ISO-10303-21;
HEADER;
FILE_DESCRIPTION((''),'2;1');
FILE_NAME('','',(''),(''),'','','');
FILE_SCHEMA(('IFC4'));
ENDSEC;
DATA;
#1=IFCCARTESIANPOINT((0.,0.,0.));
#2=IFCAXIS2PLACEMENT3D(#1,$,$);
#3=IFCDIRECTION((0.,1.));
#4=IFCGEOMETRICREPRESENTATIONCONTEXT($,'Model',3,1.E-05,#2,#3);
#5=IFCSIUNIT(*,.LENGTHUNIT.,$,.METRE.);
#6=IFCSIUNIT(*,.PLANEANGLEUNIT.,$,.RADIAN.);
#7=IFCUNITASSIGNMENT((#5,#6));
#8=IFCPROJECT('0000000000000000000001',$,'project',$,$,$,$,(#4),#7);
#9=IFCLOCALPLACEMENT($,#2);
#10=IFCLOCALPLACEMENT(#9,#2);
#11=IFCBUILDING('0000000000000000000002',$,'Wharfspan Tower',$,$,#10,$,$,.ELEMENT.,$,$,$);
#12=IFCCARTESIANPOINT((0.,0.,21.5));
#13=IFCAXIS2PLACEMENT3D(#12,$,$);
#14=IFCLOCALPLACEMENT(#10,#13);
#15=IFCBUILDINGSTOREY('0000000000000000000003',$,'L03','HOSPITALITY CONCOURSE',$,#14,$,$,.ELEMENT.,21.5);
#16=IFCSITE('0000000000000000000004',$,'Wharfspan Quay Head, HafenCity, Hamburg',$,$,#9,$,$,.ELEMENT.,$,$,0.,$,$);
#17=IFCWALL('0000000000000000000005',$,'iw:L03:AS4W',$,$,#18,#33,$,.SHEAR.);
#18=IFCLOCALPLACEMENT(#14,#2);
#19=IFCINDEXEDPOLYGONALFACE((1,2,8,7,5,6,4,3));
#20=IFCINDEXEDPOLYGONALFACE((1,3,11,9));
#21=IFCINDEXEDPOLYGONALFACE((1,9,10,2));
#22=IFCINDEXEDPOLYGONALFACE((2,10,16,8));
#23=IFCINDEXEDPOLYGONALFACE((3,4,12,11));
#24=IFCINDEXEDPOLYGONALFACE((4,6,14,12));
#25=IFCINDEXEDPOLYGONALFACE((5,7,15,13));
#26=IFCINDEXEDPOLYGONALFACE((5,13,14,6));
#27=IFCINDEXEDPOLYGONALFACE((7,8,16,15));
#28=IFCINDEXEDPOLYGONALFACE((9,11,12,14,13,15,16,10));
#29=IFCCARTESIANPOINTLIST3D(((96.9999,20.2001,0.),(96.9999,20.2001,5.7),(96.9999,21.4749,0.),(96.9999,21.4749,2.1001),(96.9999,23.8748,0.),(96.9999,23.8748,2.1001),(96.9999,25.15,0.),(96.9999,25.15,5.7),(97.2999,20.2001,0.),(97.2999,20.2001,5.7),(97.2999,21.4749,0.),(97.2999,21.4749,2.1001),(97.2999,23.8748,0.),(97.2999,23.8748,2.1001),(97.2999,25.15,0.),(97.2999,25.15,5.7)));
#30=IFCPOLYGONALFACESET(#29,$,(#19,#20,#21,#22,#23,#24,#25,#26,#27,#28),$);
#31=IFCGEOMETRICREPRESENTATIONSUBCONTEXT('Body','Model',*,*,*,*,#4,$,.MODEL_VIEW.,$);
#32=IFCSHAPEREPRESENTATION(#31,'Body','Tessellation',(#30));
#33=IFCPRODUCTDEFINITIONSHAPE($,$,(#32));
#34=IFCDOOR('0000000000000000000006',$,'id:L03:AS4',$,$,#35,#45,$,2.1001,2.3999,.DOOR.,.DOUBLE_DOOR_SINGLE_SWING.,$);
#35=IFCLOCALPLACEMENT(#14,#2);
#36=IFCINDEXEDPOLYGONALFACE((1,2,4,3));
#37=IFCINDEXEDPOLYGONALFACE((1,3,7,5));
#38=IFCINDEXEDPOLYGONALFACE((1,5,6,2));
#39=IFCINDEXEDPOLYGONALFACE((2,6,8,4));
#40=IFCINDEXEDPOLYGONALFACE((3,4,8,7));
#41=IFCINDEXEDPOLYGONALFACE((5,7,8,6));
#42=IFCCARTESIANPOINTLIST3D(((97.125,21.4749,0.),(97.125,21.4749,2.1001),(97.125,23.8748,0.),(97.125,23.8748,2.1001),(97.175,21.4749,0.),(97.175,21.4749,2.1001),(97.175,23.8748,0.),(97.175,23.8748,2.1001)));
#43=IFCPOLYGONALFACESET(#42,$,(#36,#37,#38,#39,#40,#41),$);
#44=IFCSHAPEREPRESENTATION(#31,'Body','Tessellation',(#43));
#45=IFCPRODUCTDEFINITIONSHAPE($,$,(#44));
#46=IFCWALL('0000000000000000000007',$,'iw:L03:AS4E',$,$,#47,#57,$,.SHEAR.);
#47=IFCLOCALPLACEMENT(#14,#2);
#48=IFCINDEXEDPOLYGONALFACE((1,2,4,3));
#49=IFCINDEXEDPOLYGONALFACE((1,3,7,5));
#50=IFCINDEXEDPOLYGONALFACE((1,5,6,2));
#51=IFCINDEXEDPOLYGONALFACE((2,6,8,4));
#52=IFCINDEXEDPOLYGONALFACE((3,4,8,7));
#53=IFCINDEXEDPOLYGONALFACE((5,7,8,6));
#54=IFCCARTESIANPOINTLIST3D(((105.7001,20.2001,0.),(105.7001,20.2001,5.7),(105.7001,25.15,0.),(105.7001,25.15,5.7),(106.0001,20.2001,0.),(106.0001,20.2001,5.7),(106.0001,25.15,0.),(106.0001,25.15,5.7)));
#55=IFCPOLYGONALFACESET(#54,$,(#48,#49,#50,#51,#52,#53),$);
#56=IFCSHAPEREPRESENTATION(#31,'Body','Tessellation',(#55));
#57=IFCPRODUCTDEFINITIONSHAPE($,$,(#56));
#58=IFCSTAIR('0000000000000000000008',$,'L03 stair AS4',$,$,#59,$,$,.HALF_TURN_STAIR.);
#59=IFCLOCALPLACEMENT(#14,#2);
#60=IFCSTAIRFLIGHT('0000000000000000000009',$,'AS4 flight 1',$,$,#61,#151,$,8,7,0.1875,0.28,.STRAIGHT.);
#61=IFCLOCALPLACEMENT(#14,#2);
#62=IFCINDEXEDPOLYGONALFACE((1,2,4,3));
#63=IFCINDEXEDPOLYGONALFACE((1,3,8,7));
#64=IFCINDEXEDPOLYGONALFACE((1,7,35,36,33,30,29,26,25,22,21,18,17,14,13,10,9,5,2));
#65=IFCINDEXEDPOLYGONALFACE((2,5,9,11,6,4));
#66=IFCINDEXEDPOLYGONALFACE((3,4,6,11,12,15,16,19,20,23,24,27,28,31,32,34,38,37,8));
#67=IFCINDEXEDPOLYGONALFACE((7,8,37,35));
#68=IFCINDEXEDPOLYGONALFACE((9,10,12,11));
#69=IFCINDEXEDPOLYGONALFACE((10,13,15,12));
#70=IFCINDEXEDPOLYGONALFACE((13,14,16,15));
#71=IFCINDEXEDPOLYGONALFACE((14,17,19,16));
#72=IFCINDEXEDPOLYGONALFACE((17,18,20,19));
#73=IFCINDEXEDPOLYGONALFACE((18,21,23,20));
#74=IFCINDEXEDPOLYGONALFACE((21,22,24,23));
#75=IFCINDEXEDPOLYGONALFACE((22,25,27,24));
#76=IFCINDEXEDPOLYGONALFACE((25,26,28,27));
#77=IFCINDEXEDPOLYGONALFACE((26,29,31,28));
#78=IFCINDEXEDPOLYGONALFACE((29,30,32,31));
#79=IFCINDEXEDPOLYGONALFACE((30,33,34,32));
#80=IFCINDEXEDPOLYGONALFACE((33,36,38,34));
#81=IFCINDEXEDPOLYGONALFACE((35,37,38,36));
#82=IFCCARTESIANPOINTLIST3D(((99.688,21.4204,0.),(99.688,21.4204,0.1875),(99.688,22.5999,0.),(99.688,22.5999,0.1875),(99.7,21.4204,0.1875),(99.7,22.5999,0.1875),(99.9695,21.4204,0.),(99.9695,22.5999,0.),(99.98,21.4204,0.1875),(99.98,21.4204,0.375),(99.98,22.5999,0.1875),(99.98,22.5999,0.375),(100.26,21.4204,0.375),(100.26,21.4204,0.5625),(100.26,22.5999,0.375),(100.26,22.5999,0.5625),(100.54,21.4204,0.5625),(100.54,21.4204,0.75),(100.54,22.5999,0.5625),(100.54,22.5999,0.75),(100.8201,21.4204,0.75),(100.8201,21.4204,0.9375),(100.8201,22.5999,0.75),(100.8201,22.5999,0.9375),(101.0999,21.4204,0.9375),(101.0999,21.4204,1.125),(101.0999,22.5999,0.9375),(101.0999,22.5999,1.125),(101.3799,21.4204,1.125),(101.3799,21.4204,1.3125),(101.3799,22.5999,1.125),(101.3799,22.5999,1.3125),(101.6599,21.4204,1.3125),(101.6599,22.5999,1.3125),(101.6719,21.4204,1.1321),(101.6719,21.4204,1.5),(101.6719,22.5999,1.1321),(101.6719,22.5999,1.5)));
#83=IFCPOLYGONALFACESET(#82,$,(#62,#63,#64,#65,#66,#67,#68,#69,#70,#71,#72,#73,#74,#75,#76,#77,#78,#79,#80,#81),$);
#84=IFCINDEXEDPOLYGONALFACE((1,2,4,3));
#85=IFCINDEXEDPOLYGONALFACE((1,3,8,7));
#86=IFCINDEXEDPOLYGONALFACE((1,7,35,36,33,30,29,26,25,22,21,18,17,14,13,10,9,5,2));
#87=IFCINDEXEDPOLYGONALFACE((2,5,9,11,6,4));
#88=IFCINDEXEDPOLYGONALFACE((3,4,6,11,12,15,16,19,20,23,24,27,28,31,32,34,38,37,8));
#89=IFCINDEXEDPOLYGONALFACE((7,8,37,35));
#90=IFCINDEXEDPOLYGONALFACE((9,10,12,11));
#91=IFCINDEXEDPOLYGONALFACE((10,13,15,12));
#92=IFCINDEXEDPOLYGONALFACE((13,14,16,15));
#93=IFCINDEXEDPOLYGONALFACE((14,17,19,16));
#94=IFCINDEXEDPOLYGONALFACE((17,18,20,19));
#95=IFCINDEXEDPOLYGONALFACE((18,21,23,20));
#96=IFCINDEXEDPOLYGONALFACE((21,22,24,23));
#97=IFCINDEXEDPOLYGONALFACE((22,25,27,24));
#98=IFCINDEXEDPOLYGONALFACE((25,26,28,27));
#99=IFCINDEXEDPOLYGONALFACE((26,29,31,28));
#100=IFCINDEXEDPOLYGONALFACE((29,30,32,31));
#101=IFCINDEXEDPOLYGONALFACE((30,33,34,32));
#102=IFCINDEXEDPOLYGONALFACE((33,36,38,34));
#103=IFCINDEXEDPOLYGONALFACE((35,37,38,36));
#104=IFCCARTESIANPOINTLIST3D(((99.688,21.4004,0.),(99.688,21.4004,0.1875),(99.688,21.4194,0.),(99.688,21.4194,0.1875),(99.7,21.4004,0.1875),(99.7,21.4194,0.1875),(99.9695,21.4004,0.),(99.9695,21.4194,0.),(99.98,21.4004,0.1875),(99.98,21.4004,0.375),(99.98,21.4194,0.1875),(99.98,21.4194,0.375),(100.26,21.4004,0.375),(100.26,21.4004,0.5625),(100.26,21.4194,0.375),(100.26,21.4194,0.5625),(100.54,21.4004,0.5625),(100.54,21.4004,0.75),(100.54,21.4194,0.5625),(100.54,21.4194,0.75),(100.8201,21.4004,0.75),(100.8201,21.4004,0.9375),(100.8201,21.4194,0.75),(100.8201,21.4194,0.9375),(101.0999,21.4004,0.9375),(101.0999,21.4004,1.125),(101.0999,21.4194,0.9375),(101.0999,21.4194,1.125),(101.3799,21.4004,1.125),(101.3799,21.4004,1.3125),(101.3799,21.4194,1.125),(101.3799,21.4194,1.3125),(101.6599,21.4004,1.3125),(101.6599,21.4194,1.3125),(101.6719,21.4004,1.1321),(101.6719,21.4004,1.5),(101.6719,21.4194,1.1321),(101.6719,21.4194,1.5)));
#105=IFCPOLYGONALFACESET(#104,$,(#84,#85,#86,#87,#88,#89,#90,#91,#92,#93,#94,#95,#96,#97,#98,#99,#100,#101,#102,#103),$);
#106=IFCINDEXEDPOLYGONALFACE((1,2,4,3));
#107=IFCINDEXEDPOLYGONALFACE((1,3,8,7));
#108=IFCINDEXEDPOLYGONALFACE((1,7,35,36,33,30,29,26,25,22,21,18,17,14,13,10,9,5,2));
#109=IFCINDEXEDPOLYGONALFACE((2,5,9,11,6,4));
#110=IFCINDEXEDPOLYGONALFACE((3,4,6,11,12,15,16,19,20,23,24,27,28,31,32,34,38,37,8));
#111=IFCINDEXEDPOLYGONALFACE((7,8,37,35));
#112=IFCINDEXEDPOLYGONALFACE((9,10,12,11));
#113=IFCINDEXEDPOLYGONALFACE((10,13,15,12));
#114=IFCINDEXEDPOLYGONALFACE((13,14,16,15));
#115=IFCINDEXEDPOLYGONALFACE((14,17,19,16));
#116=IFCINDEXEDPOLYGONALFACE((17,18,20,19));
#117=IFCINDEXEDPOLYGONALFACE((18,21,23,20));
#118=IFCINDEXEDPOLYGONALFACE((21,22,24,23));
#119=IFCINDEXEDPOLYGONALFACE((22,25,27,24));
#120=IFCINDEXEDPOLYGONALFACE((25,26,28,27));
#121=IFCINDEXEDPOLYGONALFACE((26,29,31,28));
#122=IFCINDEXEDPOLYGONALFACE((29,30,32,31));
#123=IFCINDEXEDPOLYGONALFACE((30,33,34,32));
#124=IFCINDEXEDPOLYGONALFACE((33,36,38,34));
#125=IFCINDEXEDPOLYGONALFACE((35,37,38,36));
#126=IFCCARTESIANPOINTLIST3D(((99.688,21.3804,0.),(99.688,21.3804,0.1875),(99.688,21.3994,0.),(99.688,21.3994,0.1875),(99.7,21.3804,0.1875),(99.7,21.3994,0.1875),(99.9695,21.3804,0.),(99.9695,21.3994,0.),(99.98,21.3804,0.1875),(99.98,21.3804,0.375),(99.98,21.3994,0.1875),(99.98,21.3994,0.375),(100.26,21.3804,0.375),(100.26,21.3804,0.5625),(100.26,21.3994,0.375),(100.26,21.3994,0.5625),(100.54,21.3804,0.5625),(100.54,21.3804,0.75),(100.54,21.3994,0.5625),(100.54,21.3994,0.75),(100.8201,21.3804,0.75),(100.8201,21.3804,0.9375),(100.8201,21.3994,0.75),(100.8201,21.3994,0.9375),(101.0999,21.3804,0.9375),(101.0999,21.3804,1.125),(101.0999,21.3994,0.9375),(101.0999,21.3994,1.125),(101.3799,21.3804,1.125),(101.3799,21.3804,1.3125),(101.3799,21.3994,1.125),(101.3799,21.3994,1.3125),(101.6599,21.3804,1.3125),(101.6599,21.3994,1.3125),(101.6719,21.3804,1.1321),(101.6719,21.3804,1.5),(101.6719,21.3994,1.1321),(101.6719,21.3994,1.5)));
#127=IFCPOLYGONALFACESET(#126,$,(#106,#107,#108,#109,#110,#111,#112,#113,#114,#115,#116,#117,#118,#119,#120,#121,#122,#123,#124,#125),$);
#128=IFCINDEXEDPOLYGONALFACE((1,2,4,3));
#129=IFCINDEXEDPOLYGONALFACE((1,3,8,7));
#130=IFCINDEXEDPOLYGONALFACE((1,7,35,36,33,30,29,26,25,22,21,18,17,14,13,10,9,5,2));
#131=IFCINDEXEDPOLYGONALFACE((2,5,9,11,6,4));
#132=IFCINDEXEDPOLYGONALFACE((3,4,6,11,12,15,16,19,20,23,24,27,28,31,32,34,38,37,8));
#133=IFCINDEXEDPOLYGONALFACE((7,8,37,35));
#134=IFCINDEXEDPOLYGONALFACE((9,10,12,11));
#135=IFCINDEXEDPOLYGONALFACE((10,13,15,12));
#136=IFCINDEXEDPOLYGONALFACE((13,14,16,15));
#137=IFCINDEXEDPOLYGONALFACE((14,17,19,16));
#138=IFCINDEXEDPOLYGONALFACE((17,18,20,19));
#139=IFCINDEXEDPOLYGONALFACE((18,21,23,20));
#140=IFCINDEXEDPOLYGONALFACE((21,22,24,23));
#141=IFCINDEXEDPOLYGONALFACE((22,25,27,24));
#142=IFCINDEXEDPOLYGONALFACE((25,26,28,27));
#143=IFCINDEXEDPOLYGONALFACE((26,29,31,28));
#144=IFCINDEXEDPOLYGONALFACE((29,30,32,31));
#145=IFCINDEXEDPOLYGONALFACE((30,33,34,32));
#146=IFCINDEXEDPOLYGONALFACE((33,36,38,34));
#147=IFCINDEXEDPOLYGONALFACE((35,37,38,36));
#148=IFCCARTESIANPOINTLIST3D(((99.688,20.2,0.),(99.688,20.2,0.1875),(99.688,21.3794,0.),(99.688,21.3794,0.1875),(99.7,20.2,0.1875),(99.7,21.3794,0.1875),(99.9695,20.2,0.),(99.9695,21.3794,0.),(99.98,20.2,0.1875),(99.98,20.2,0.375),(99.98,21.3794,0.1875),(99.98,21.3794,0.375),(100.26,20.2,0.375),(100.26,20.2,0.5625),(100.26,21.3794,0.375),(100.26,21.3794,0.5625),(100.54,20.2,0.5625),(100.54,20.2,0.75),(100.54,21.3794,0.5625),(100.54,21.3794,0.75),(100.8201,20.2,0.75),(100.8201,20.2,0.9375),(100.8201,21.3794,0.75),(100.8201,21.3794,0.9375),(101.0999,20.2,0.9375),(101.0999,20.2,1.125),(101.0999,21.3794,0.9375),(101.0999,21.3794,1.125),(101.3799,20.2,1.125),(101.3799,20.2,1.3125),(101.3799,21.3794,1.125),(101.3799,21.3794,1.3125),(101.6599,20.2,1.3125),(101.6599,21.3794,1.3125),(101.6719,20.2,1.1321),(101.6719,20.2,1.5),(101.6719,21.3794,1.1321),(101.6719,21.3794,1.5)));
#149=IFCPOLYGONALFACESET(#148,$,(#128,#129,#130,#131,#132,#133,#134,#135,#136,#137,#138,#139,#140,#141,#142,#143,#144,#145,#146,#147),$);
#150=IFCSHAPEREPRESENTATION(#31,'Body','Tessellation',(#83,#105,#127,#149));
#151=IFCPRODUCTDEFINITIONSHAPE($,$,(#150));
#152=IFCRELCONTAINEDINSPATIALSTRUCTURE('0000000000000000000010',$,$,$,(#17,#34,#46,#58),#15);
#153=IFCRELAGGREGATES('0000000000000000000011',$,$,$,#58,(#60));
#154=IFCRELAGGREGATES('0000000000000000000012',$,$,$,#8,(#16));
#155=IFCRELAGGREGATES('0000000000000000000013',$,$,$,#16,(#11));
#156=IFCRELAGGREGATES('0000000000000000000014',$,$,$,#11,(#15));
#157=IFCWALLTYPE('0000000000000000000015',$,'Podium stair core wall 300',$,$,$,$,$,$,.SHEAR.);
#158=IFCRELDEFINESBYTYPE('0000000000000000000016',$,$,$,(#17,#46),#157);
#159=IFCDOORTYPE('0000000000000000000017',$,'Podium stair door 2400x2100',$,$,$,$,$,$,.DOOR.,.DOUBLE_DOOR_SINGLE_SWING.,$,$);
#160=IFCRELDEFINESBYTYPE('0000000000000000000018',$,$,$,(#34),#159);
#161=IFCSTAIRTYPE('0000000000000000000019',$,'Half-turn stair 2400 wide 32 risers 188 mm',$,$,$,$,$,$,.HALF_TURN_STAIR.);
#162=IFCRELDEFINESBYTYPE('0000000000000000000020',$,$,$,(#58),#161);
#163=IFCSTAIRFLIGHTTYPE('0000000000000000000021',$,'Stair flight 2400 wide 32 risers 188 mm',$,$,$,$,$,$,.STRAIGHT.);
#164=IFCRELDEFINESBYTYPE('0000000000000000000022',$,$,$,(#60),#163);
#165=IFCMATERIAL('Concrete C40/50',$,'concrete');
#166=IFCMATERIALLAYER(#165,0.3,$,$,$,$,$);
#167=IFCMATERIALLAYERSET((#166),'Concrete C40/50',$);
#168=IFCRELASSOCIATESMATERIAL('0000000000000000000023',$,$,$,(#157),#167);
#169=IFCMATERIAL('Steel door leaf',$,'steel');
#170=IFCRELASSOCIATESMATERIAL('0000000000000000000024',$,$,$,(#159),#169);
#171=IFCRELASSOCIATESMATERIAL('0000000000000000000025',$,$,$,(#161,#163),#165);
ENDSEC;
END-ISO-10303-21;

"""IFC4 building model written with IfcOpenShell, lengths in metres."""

from ifc_helpers import new_model, si_unit, direction, frame, frame_2d, origin, place, context, subcontext, project, spatial, polyline, rectangle, outline, extrude, material, layer, layer_set, type_object, element, fill, aggregate, save


model = new_model("IFC4")

# Units and contexts
model_context = context("Model", 3, precision=1e-05, world=origin(), true_north=direction((0.0, 1.0)))
body_context = subcontext(model_context, "Body", "Model", "MODEL_VIEW")
ifc_project = project(units=[si_unit("LENGTHUNIT", "METRE"), si_unit("PLANEANGLEUNIT", "RADIAN")], contexts=[model_context])

# Site, building, storey
site_placement = place(None, origin())
site = spatial("IfcSite", under=ifc_project, at=site_placement, Name="Wharfspan Quay Head, HafenCity, Hamburg", CompositionType="ELEMENT", RefElevation=0.0)
building_placement = place(site_placement, origin())
building = spatial("IfcBuilding", under=site, at=building_placement, Name="Wharfspan Tower", CompositionType="ELEMENT")
storey_placement = place(building_placement, frame((0.0, 0.0, 21.5)))
storey = spatial("IfcBuildingStorey", under=building, at=storey_placement, Name="L03", Description="HOSPITALITY CONCOURSE", CompositionType="ELEMENT", Elevation=21.5)

# Wall, opening, door
ifc_material_1 = material(Name="Concrete C40/50", Category="concrete")
ifc_layer_1 = layer(ifc_material_1, 0.3)
ifc_layer_set_1 = layer_set([ifc_layer_1], Name="Concrete C40/50")
wall_type_1 = type_object("IfcWallType", Name="Podium stair core wall 300", PredefinedType="SHEAR", material=ifc_layer_set_1)
wall_1_placement = place(storey_placement, frame((97.1499, 20.2, 0.0), z_axis=(0.0, 0.0, 1.0), x_axis=(0.0, 1.0, 0.0)))
wall_1 = element("IfcWall", 1, at=wall_1_placement, inside=storey, type_object=wall_type_1, Name="iw:L03:AS4W", PredefinedType="SHEAR", context=body_context, shape_type="SweptSolid", body=[
    extrude(rectangle(XDim=4.95, YDim=0.3, at=frame_2d((2.4751, 0.0))), origin(), (0.0, 0.0, 1.0), 5.7),
])
opening_placement = place(wall_1_placement, frame((1.2749, 0.0, 0.0)))
opening = element("IfcOpeningElement", 2, at=opening_placement, cuts=wall_1, PredefinedType="OPENING", context=body_context, shape_type="SweptSolid", body=[
    extrude(rectangle(XDim=2.3999, YDim=2.1001, at=frame_2d((1.2, 1.05))), frame((0.0, 0.1599, 0.0), z_axis=(0.0, -1.0, 0.0), x_axis=(1.0, 0.0, 0.0)), (0.0, 0.0, 1.0), 0.3201),
])
ifc_material_2 = material(Name="Steel door leaf", Category="steel")
door_type = type_object("IfcDoorType", Name="Podium stair door 2400x2100", OperationType="DOUBLE_DOOR_SINGLE_SWING", PredefinedType="DOOR", material=ifc_material_2)
door_placement = place(opening_placement, origin())
door = element("IfcDoor", 3, at=door_placement, inside=storey, type_object=door_type, Name="id:L03:AS4", OperationType="DOUBLE_DOOR_SINGLE_SWING", OverallHeight=2.1001, OverallWidth=2.3999, PredefinedType="DOOR", context=body_context, shape_type="SweptSolid", body=[
    extrude(rectangle(XDim=2.3999, YDim=2.1001, at=frame_2d((1.2, 1.05))), frame((0.0, 0.0249, 0.0), z_axis=(0.0, -1.0, 0.0), x_axis=(1.0, 0.0, 0.0)), (0.0, 0.0, 1.0), 0.05),
])
fill(opening, door)

# Wall
wall_2_placement = place(storey_placement, frame((105.8501, 20.2, 0.0), z_axis=(0.0, 0.0, 1.0), x_axis=(0.0, 1.0, 0.0)))
element("IfcWall", 4, at=wall_2_placement, inside=storey, type_object=wall_type_1, Name="iw:L03:AS4E", PredefinedType="SHEAR", context=body_context, shape_type="SweptSolid", body=[
    extrude(rectangle(XDim=4.95, YDim=0.3, at=frame_2d((2.4751, 0.0))), origin(), (0.0, 0.0, 1.0), 5.7),
])

# Stair, stair flight
stair_type = type_object("IfcStairType", Name="Half-turn stair 2400 wide 32 risers 188 mm", PredefinedType="HALF_TURN_STAIR", material=ifc_material_1)
stair_placement = place(storey_placement, origin())
stair = element("IfcStair", 5, at=stair_placement, inside=storey, type_object=stair_type, Name="L03 stair AS4", PredefinedType="HALF_TURN_STAIR")
stair_flight_type = type_object("IfcStairFlightType", Name="Stair flight 2400 wide 32 risers 188 mm", PredefinedType="STRAIGHT", material=ifc_material_1)
stair_flight_1_placement = place(storey_placement, frame((99.7, 21.3999, 0.0), z_axis=(0.0, 0.0, 1.0), x_axis=(1.0, 0.0, 0.0)))
stair_flight_1 = element("IfcStairFlight", 6, at=stair_flight_1_placement, type_object=stair_flight_type, Name="AS4 flight 1", NumberOfRisers=8, NumberOfTreads=7, PredefinedType="STRAIGHT", RiserHeight=0.1875, TreadLength=0.28, context=body_context, shape_type="SweptSolid", body=[
    extrude(outline(polyline([(-0.012, 0.0), (-0.012, 0.1875), (0.0, 0.1875), (0.28, 0.1875), (0.28, 0.375), (0.5601, 0.375), (0.5601, 0.5625), (0.8401, 0.5625), (0.8401, 0.75), (1.1201, 0.75), (1.1201, 0.9375), (1.3999, 0.9375), (1.3999, 1.125), (1.6799, 1.125), (1.6799, 1.3125), (1.96, 1.3125), (1.9719, 1.5), (1.9719, 1.1321), (0.2695, 0.0), (-0.012, 0.0)])), frame((0.0, 1.2, 0.0), z_axis=(0.0, -1.0, 0.0), x_axis=(1.0, 0.0, 0.0)), (0.0, 0.0, 1.0), 1.1794),
    extrude(outline(polyline([(-0.012, 0.0), (-0.012, 0.1875), (0.0, 0.1875), (0.28, 0.1875), (0.28, 0.375), (0.5601, 0.375), (0.5601, 0.5625), (0.8401, 0.5625), (0.8401, 0.75), (1.1201, 0.75), (1.1201, 0.9375), (1.3999, 0.9375), (1.3999, 1.125), (1.6799, 1.125), (1.6799, 1.3125), (1.96, 1.3125), (1.9719, 1.5), (1.9719, 1.1321), (0.2695, 0.0), (-0.012, 0.0)])), frame((0.0, 0.0195, 0.0), z_axis=(0.0, -1.0, 0.0), x_axis=(1.0, 0.0, 0.0)), (0.0, 0.0, 1.0), 0.019),
    extrude(outline(polyline([(-0.012, 0.0), (-0.012, 0.1875), (0.0, 0.1875), (0.28, 0.1875), (0.28, 0.375), (0.5601, 0.375), (0.5601, 0.5625), (0.8401, 0.5625), (0.8401, 0.75), (1.1201, 0.75), (1.1201, 0.9375), (1.3999, 0.9375), (1.3999, 1.125), (1.6799, 1.125), (1.6799, 1.3125), (1.96, 1.3125), (1.9719, 1.5), (1.9719, 1.1321), (0.2695, 0.0), (-0.012, 0.0)])), frame((0.0, -0.0005, 0.0), z_axis=(0.0, -1.0, 0.0), x_axis=(1.0, 0.0, 0.0)), (0.0, 0.0, 1.0), 0.019),
    extrude(outline(polyline([(-0.012, 0.0), (-0.012, 0.1875), (0.0, 0.1875), (0.28, 0.1875), (0.28, 0.375), (0.5601, 0.375), (0.5601, 0.5625), (0.8401, 0.5625), (0.8401, 0.75), (1.1201, 0.75), (1.1201, 0.9375), (1.3999, 0.9375), (1.3999, 1.125), (1.6799, 1.125), (1.6799, 1.3125), (1.96, 1.3125), (1.9719, 1.5), (1.9719, 1.1321), (0.2695, 0.0), (-0.012, 0.0)])), frame((0.0, -0.0205, 0.0), z_axis=(0.0, -1.0, 0.0), x_axis=(1.0, 0.0, 0.0)), (0.0, 0.0, 1.0), 1.1794),
])
aggregate(stair, [stair_flight_1])

save(model, "model.ifc")
